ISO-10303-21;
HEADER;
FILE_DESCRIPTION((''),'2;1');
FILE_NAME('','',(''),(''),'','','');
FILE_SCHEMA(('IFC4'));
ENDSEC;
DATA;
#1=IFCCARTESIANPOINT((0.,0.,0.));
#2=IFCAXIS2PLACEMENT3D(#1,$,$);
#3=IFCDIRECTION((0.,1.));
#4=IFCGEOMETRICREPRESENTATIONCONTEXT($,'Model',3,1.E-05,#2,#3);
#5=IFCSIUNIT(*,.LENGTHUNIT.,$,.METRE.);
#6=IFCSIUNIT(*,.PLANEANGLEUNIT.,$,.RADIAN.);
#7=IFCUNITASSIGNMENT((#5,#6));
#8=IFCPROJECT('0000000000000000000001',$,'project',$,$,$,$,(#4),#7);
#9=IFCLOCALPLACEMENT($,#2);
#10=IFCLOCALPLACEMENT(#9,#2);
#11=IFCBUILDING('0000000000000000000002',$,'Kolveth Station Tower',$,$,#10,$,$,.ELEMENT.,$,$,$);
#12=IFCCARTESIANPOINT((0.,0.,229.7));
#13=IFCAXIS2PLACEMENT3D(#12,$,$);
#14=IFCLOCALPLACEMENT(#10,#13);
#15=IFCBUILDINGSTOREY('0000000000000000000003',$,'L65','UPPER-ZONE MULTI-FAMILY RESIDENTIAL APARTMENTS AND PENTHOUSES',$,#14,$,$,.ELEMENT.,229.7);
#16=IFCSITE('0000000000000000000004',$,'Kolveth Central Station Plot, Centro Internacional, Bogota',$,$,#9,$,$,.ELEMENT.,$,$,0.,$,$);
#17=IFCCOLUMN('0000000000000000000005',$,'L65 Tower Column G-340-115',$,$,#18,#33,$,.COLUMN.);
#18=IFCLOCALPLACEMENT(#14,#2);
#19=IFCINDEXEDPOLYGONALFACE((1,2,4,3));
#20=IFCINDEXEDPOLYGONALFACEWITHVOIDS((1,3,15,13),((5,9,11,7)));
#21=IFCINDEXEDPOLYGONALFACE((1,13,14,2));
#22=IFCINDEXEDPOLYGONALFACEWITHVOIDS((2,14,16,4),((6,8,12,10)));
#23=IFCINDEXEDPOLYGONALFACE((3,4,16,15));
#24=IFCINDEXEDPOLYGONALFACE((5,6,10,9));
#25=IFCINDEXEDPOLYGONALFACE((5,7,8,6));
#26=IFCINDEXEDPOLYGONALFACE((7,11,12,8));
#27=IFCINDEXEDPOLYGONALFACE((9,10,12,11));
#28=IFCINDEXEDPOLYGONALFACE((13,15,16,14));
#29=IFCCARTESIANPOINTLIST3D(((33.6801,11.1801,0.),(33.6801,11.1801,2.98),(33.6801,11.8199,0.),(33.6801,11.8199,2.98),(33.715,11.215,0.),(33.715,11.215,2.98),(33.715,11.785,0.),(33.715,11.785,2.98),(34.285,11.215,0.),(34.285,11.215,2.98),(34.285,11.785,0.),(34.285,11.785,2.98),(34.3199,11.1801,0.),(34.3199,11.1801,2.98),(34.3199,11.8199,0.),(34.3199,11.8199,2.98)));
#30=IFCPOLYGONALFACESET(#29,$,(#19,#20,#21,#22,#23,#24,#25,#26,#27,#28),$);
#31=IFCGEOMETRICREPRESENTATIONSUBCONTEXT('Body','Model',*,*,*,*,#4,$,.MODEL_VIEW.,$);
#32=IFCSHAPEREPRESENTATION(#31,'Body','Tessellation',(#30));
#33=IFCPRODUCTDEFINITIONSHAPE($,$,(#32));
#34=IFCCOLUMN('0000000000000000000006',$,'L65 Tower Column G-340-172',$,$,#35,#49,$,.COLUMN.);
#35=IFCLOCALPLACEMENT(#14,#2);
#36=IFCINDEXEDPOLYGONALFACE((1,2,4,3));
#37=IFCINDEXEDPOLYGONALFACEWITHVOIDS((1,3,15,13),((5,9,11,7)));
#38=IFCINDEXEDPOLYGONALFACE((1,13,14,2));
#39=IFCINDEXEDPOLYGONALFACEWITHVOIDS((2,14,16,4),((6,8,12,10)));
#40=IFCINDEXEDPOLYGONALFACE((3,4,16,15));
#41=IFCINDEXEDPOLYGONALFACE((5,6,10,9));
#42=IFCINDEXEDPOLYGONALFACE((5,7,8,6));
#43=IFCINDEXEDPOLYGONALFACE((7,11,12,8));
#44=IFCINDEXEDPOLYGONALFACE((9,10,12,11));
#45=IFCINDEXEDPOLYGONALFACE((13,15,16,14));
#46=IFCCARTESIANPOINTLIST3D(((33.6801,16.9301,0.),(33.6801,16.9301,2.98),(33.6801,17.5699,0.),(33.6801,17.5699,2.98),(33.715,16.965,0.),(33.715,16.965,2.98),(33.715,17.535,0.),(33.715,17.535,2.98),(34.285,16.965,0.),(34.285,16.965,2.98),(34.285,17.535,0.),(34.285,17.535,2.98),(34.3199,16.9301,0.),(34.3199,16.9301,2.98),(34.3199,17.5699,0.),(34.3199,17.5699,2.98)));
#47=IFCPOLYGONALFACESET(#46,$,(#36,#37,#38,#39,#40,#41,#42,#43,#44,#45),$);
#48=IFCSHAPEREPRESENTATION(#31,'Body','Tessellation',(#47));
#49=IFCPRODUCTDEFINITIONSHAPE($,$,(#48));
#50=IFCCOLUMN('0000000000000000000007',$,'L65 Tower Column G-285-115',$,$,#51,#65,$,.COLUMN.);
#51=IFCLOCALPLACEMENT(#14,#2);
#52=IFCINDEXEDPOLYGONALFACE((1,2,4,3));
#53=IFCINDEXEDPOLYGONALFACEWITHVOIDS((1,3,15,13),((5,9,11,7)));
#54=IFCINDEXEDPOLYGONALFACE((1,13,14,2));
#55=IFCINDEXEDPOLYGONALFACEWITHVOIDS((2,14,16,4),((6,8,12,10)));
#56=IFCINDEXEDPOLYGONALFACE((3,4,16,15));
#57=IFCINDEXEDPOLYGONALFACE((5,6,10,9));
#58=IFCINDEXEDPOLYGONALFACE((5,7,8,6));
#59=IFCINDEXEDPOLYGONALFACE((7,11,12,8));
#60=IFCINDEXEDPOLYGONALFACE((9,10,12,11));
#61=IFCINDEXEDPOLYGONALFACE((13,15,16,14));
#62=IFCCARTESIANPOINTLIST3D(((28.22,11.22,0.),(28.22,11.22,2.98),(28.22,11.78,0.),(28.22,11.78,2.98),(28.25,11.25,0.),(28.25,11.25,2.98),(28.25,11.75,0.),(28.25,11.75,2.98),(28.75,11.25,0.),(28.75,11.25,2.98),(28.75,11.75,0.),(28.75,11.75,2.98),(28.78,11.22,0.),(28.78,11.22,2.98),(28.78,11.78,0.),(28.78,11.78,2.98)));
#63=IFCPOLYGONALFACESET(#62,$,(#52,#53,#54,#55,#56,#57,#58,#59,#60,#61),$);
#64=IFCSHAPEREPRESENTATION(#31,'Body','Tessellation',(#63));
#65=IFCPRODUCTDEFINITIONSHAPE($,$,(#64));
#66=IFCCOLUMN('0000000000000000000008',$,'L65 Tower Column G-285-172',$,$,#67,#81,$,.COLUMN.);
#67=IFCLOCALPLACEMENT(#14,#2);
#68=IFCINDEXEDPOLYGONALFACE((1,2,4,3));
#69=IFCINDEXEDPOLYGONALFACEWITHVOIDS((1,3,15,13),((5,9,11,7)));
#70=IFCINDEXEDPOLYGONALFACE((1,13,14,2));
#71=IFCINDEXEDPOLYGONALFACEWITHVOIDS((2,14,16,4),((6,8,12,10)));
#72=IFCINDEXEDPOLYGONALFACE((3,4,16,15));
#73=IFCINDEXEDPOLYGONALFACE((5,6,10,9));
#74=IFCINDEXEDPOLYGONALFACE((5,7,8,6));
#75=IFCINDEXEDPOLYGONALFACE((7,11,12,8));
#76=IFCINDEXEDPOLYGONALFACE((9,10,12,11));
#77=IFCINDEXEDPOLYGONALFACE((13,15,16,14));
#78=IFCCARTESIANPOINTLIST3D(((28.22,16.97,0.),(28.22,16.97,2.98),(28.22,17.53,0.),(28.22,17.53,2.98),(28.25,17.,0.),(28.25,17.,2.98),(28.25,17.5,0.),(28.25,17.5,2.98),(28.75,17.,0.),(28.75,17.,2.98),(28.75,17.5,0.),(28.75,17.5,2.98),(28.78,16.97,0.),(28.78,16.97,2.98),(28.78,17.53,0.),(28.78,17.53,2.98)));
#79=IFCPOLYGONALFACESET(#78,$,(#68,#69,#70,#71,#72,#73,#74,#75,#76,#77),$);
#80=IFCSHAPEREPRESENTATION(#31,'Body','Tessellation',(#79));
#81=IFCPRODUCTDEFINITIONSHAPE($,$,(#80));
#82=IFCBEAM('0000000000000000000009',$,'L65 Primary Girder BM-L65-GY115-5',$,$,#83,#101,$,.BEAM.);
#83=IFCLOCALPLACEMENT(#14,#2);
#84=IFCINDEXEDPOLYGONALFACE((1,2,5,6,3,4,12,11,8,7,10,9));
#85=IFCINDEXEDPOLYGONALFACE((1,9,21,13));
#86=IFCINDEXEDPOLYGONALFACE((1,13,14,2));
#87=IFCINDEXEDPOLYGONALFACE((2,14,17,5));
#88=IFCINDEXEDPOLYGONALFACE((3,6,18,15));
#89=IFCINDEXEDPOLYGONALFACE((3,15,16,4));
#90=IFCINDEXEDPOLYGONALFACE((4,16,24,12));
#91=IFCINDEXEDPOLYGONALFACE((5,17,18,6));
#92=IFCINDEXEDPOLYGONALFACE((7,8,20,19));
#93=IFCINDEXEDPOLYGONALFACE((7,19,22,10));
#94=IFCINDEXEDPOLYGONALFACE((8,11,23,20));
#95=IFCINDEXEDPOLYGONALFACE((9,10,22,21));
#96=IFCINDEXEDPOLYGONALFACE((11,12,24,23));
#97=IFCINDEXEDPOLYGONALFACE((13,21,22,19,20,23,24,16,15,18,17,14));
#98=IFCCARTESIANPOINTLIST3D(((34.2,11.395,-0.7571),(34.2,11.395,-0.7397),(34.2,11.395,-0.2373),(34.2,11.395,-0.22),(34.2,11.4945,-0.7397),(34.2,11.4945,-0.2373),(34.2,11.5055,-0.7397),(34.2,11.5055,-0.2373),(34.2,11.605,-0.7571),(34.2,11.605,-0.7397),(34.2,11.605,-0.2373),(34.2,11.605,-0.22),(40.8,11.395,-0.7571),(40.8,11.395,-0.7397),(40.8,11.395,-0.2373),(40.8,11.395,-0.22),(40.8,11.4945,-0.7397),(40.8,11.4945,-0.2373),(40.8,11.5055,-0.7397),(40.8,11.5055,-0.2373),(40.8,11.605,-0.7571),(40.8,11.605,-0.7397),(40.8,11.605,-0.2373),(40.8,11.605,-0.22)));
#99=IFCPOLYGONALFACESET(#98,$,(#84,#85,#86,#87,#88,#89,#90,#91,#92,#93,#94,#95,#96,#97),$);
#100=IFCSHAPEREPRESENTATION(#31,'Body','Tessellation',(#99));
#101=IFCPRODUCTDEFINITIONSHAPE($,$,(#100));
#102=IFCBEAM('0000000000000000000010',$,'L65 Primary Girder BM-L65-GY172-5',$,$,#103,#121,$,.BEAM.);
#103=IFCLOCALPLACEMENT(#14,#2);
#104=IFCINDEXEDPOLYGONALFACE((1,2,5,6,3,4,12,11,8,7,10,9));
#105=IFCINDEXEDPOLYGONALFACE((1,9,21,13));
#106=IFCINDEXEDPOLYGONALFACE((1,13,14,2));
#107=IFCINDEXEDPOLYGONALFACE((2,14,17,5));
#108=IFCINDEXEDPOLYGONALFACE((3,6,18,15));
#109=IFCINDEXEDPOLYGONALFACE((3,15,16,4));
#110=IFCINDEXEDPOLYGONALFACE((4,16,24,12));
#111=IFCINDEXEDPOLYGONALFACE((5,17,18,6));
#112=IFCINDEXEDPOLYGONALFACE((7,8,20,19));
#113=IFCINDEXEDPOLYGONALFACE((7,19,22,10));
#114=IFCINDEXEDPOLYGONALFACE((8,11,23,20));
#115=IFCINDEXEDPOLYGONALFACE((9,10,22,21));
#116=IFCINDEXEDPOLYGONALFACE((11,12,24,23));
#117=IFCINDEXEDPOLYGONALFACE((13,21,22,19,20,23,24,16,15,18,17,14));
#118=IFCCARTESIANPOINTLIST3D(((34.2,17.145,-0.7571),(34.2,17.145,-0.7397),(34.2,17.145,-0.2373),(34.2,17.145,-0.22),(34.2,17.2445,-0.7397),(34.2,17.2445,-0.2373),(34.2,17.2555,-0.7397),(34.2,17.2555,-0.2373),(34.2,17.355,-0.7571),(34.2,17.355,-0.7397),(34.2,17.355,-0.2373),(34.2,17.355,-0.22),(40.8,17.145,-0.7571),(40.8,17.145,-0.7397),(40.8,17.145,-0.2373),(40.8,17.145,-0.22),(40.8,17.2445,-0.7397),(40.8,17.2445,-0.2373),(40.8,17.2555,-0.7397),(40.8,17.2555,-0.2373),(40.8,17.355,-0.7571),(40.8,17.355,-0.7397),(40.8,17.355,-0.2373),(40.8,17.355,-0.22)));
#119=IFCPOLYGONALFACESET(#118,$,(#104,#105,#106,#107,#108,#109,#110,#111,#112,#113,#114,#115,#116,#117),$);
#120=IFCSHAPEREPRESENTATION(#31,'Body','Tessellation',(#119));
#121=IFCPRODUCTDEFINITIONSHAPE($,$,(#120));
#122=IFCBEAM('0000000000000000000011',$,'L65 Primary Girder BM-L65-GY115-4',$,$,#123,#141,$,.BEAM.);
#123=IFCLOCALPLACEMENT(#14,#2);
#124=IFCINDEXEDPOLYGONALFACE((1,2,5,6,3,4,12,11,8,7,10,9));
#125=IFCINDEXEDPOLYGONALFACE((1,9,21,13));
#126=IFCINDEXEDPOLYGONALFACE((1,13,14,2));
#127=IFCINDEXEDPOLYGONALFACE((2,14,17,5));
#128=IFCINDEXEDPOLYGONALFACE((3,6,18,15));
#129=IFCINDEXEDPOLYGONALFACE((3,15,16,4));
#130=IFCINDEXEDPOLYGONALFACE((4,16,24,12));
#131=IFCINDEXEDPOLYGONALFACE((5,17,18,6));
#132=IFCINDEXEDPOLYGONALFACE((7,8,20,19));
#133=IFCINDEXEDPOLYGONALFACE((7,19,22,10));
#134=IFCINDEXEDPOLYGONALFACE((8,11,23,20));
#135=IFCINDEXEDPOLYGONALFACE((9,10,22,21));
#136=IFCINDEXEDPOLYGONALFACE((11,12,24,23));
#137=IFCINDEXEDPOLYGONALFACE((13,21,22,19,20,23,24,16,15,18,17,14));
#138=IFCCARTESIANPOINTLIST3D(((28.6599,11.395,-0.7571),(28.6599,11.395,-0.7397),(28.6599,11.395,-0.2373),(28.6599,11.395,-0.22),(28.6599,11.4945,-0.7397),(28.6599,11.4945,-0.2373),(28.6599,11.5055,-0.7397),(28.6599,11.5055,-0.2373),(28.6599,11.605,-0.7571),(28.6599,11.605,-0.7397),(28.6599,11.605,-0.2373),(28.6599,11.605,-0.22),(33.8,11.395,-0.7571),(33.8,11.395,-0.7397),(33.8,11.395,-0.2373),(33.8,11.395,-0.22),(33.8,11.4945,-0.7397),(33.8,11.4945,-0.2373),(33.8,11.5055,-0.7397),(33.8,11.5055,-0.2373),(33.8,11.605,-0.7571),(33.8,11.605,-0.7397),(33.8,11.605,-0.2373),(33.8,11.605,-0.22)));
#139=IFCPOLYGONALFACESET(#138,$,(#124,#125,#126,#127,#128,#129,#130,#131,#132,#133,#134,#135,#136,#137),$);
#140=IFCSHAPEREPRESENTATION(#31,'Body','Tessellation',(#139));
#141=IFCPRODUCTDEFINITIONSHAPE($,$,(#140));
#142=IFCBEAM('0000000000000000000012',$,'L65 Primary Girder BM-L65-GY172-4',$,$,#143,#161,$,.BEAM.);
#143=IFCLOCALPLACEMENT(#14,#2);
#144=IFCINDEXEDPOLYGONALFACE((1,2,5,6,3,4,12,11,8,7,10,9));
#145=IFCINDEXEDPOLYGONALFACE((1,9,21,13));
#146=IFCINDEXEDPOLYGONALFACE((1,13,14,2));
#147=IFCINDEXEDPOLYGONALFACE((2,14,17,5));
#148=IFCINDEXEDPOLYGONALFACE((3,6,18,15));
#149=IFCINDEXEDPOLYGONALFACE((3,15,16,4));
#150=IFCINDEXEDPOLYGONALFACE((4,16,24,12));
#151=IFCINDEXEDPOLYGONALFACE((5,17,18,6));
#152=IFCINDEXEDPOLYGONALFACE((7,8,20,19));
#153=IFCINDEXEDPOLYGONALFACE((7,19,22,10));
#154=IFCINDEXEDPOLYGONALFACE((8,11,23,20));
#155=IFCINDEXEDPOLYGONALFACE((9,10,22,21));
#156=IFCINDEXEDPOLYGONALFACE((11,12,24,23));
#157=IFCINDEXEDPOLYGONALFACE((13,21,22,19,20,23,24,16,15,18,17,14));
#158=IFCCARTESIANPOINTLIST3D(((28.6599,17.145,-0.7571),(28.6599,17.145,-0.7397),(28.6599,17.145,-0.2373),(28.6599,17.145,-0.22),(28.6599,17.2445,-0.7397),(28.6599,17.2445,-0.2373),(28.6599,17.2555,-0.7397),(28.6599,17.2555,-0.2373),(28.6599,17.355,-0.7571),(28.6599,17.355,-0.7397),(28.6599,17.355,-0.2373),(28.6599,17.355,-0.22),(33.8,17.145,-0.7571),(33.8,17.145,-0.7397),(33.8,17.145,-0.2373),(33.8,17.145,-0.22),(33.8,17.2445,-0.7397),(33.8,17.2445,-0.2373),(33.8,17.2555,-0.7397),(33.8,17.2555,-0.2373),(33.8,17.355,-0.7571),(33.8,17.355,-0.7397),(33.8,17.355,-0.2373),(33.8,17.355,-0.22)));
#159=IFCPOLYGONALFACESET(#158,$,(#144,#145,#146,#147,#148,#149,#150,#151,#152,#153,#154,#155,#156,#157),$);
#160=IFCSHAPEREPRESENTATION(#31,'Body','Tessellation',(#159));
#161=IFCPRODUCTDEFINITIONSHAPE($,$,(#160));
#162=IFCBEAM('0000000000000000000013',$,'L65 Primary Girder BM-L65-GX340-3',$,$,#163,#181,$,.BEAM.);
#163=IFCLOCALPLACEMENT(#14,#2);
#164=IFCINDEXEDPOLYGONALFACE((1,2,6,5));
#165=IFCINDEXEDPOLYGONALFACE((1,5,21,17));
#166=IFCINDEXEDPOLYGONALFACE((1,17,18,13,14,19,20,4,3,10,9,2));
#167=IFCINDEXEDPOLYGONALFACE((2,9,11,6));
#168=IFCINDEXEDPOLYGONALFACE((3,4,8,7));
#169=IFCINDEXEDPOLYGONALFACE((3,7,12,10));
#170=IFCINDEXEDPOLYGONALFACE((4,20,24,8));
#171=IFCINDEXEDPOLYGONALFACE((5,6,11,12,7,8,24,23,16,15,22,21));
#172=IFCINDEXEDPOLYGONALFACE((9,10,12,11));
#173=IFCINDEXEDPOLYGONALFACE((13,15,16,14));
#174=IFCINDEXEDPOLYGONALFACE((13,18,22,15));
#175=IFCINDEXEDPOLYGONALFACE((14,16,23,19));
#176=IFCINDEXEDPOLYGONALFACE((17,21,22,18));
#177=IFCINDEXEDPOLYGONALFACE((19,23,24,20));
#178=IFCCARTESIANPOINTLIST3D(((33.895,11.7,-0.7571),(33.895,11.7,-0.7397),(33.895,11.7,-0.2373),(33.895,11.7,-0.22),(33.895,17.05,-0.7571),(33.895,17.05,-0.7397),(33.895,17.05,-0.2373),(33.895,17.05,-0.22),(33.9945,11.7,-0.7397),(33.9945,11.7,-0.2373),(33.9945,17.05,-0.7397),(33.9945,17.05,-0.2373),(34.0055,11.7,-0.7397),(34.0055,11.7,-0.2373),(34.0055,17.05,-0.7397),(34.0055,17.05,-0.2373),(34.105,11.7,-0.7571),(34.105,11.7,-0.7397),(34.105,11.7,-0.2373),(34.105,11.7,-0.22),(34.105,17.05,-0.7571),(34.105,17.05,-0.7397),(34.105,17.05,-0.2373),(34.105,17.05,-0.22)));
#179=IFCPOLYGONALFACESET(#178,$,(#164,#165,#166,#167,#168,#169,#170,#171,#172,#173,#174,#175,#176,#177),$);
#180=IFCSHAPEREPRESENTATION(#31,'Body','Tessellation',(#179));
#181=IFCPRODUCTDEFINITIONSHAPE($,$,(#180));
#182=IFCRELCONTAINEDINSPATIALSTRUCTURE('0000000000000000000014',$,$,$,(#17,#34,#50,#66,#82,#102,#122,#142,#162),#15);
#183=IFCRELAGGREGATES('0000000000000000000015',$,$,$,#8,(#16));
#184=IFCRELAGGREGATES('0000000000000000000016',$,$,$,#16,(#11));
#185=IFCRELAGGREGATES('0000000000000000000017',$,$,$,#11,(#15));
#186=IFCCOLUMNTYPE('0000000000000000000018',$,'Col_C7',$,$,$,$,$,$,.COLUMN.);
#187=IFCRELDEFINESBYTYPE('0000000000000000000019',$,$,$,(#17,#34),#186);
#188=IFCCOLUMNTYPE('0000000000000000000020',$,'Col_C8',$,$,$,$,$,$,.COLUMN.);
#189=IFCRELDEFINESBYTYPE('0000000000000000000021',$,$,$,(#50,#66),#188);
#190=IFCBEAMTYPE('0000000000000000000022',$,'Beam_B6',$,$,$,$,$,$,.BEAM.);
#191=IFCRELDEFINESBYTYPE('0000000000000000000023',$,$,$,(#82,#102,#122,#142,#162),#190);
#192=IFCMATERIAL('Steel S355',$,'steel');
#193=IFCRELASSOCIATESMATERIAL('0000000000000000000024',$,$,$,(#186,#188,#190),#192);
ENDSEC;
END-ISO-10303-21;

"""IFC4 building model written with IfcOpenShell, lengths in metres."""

from ifc_helpers import new_model, si_unit, direction, frame, origin, origin_2d, place, context, subcontext, project, spatial, hollow_rectangle, i_section, extrude, source, transform, mapped, material, material_profile, profile_set, type_object, element, save


model = new_model("IFC4")

# Units and contexts
model_context = context("Model", 3, precision=1e-05, world=origin(), true_north=direction((0.0, 1.0)))
body_context = subcontext(model_context, "Body", "Model", "MODEL_VIEW")
ifc_project = project(units=[si_unit("LENGTHUNIT", "METRE"), si_unit("PLANEANGLEUNIT", "RADIAN")], contexts=[model_context])

# Site, building, storey
site_placement = place(None, origin())
site = spatial("IfcSite", under=ifc_project, at=site_placement, Name="Kolveth Central Station Plot, Centro Internacional, Bogota", CompositionType="ELEMENT", RefElevation=0.0)
building_placement = place(site_placement, origin())
building = spatial("IfcBuilding", under=site, at=building_placement, Name="Kolveth Station Tower", CompositionType="ELEMENT")
storey_placement = place(building_placement, frame((0.0, 0.0, 229.7)))
storey = spatial("IfcBuildingStorey", under=building, at=storey_placement, Name="L65", Description="UPPER-ZONE MULTI-FAMILY RESIDENTIAL APARTMENTS AND PENTHOUSES", CompositionType="ELEMENT", Elevation=229.7)

# Columns
ifc_material_1 = material(Name="Steel S355", Category="steel")
ifc_material_profile_1 = material_profile(ifc_material_1, hollow_rectangle(XDim=0.6399, YDim=0.6399, WallThickness=0.0349, at=origin_2d()), Name="BOX640x640x35")
ifc_profile_set_1 = profile_set([ifc_material_profile_1], Name="Steel S355")
column_type_1 = type_object("IfcColumnType", Name="Col_C7", PredefinedType="COLUMN", material=ifc_profile_set_1)
shared_shape_1 = source(origin(), body_context, "Body", "SweptSolid", [
    extrude(hollow_rectangle(XDim=0.6399, YDim=0.6399, WallThickness=0.0349, at=origin_2d()), origin(), (0.0, 0.0, 1.0), 2.98),
])
for number, where, z_axis, x_axis, name in (
    (1, (34.0, 11.5, 0.0), (0.0, 0.0, 1.0), (1.0, 0.0, 0.0), "L65 Tower Column G-340-115"),
    (2, (34.0, 17.25, 0.0), (0.0, 0.0, 1.0), (1.0, 0.0, 0.0), "L65 Tower Column G-340-172"),
):
    element("IfcColumn", number, at=place(storey_placement, frame(where, z_axis=z_axis, x_axis=x_axis)), inside=storey, type_object=column_type_1, Name=name, PredefinedType="COLUMN", context=body_context, shape_type="MappedRepresentation", body=[
        mapped(shared_shape_1, transform((0.0, 0.0, 0.0), x_axis=(1.0, 0.0, 0.0), y_axis=(0.0, 1.0, 0.0), z_axis=(0.0, 0.0, 1.0), scale=1.0)),
    ])
ifc_material_profile_2 = material_profile(ifc_material_1, hollow_rectangle(XDim=0.5601, YDim=0.5601, WallThickness=0.03, at=origin_2d()), Name="BOX560x560x30")
ifc_profile_set_2 = profile_set([ifc_material_profile_2], Name="Steel S355")
column_type_2 = type_object("IfcColumnType", Name="Col_C8", PredefinedType="COLUMN", material=ifc_profile_set_2)
shared_shape_2 = source(origin(), body_context, "Body", "SweptSolid", [
    extrude(hollow_rectangle(XDim=0.5601, YDim=0.5601, WallThickness=0.03, at=origin_2d()), origin(), (0.0, 0.0, 1.0), 2.98),
])
for number, where, z_axis, x_axis, name in (
    (3, (28.5, 11.5, 0.0), (0.0, 0.0, 1.0), (1.0, 0.0, 0.0), "L65 Tower Column G-285-115"),
    (4, (28.5, 17.25, 0.0), (0.0, 0.0, 1.0), (1.0, 0.0, 0.0), "L65 Tower Column G-285-172"),
):
    element("IfcColumn", number, at=place(storey_placement, frame(where, z_axis=z_axis, x_axis=x_axis)), inside=storey, type_object=column_type_2, Name=name, PredefinedType="COLUMN", context=body_context, shape_type="MappedRepresentation", body=[
        mapped(shared_shape_2, transform((0.0, 0.0, 0.0), x_axis=(1.0, 0.0, 0.0), y_axis=(0.0, 1.0, 0.0), z_axis=(0.0, 0.0, 1.0), scale=1.0)),
    ])

# Beams
ifc_material_profile_3 = material_profile(ifc_material_1, i_section(OverallWidth=0.21, OverallDepth=0.5371, WebThickness=0.011, FlangeThickness=0.0173, at=origin_2d()), Name="W530x101")
ifc_profile_set_3 = profile_set([ifc_material_profile_3], Name="Steel S355")
beam_type_1 = type_object("IfcBeamType", Name="Beam_B6", PredefinedType="BEAM", material=ifc_profile_set_3)
shared_shape_3 = source(origin(), body_context, "Body", "SweptSolid", [
    extrude(i_section(OverallWidth=0.21, OverallDepth=0.5371, WebThickness=0.011, FlangeThickness=0.0173, at=origin_2d()), origin(), (0.0, 0.0, 1.0), 6.6001),
])
for number, where, z_axis, x_axis, name in (
    (5, (34.2, 11.5, -0.4885), (1.0, 0.0, 0.0), (0.0, 1.0, 0.0), "L65 Primary Girder BM-L65-GY115-5"),
    (6, (34.2, 17.25, -0.4885), (1.0, 0.0, 0.0), (0.0, 1.0, 0.0), "L65 Primary Girder BM-L65-GY172-5"),
):
    element("IfcBeam", number, at=place(storey_placement, frame(where, z_axis=z_axis, x_axis=x_axis)), inside=storey, type_object=beam_type_1, Name=name, PredefinedType="BEAM", context=body_context, shape_type="MappedRepresentation", body=[
        mapped(shared_shape_3, transform((0.0, 0.0, 0.0), x_axis=(1.0, 0.0, 0.0), y_axis=(0.0, 1.0, 0.0), z_axis=(0.0, 0.0, 1.0), scale=1.0)),
    ])
shared_shape_4 = source(origin(), body_context, "Body", "SweptSolid", [
    extrude(i_section(OverallWidth=0.21, OverallDepth=0.5371, WebThickness=0.011, FlangeThickness=0.0173, at=origin_2d()), origin(), (0.0, 0.0, 1.0), 5.1401),
])
for number, where, z_axis, x_axis, name in (
    (7, (28.6599, 11.5, -0.4885), (1.0, 0.0, 0.0), (0.0, 1.0, 0.0), "L65 Primary Girder BM-L65-GY115-4"),
    (8, (28.6599, 17.25, -0.4885), (1.0, 0.0, 0.0), (0.0, 1.0, 0.0), "L65 Primary Girder BM-L65-GY172-4"),
):
    element("IfcBeam", number, at=place(storey_placement, frame(where, z_axis=z_axis, x_axis=x_axis)), inside=storey, type_object=beam_type_1, Name=name, PredefinedType="BEAM", context=body_context, shape_type="MappedRepresentation", body=[
        mapped(shared_shape_4, transform((0.0, 0.0, 0.0), x_axis=(1.0, 0.0, 0.0), y_axis=(0.0, 1.0, 0.0), z_axis=(0.0, 0.0, 1.0), scale=1.0)),
    ])
shared_shape_5 = source(origin(), body_context, "Body", "SweptSolid", [
    extrude(i_section(OverallWidth=0.21, OverallDepth=0.5371, WebThickness=0.011, FlangeThickness=0.0173, at=origin_2d()), origin(), (0.0, 0.0, 1.0), 5.3501),
])
for number, where, z_axis, x_axis, name in (
    (9, (34.0, 11.7, -0.4885), (0.0, 1.0, 0.0), (-1.0, 0.0, 0.0), "L65 Primary Girder BM-L65-GX340-3"),
):
    element("IfcBeam", number, at=place(storey_placement, frame(where, z_axis=z_axis, x_axis=x_axis)), inside=storey, type_object=beam_type_1, Name=name, PredefinedType="BEAM", context=body_context, shape_type="MappedRepresentation", body=[
        mapped(shared_shape_5, transform((0.0, 0.0, 0.0), x_axis=(1.0, 0.0, 0.0), y_axis=(0.0, 1.0, 0.0), z_axis=(0.0, 0.0, 1.0), scale=1.0)),
    ])

save(model, "model.ifc")
